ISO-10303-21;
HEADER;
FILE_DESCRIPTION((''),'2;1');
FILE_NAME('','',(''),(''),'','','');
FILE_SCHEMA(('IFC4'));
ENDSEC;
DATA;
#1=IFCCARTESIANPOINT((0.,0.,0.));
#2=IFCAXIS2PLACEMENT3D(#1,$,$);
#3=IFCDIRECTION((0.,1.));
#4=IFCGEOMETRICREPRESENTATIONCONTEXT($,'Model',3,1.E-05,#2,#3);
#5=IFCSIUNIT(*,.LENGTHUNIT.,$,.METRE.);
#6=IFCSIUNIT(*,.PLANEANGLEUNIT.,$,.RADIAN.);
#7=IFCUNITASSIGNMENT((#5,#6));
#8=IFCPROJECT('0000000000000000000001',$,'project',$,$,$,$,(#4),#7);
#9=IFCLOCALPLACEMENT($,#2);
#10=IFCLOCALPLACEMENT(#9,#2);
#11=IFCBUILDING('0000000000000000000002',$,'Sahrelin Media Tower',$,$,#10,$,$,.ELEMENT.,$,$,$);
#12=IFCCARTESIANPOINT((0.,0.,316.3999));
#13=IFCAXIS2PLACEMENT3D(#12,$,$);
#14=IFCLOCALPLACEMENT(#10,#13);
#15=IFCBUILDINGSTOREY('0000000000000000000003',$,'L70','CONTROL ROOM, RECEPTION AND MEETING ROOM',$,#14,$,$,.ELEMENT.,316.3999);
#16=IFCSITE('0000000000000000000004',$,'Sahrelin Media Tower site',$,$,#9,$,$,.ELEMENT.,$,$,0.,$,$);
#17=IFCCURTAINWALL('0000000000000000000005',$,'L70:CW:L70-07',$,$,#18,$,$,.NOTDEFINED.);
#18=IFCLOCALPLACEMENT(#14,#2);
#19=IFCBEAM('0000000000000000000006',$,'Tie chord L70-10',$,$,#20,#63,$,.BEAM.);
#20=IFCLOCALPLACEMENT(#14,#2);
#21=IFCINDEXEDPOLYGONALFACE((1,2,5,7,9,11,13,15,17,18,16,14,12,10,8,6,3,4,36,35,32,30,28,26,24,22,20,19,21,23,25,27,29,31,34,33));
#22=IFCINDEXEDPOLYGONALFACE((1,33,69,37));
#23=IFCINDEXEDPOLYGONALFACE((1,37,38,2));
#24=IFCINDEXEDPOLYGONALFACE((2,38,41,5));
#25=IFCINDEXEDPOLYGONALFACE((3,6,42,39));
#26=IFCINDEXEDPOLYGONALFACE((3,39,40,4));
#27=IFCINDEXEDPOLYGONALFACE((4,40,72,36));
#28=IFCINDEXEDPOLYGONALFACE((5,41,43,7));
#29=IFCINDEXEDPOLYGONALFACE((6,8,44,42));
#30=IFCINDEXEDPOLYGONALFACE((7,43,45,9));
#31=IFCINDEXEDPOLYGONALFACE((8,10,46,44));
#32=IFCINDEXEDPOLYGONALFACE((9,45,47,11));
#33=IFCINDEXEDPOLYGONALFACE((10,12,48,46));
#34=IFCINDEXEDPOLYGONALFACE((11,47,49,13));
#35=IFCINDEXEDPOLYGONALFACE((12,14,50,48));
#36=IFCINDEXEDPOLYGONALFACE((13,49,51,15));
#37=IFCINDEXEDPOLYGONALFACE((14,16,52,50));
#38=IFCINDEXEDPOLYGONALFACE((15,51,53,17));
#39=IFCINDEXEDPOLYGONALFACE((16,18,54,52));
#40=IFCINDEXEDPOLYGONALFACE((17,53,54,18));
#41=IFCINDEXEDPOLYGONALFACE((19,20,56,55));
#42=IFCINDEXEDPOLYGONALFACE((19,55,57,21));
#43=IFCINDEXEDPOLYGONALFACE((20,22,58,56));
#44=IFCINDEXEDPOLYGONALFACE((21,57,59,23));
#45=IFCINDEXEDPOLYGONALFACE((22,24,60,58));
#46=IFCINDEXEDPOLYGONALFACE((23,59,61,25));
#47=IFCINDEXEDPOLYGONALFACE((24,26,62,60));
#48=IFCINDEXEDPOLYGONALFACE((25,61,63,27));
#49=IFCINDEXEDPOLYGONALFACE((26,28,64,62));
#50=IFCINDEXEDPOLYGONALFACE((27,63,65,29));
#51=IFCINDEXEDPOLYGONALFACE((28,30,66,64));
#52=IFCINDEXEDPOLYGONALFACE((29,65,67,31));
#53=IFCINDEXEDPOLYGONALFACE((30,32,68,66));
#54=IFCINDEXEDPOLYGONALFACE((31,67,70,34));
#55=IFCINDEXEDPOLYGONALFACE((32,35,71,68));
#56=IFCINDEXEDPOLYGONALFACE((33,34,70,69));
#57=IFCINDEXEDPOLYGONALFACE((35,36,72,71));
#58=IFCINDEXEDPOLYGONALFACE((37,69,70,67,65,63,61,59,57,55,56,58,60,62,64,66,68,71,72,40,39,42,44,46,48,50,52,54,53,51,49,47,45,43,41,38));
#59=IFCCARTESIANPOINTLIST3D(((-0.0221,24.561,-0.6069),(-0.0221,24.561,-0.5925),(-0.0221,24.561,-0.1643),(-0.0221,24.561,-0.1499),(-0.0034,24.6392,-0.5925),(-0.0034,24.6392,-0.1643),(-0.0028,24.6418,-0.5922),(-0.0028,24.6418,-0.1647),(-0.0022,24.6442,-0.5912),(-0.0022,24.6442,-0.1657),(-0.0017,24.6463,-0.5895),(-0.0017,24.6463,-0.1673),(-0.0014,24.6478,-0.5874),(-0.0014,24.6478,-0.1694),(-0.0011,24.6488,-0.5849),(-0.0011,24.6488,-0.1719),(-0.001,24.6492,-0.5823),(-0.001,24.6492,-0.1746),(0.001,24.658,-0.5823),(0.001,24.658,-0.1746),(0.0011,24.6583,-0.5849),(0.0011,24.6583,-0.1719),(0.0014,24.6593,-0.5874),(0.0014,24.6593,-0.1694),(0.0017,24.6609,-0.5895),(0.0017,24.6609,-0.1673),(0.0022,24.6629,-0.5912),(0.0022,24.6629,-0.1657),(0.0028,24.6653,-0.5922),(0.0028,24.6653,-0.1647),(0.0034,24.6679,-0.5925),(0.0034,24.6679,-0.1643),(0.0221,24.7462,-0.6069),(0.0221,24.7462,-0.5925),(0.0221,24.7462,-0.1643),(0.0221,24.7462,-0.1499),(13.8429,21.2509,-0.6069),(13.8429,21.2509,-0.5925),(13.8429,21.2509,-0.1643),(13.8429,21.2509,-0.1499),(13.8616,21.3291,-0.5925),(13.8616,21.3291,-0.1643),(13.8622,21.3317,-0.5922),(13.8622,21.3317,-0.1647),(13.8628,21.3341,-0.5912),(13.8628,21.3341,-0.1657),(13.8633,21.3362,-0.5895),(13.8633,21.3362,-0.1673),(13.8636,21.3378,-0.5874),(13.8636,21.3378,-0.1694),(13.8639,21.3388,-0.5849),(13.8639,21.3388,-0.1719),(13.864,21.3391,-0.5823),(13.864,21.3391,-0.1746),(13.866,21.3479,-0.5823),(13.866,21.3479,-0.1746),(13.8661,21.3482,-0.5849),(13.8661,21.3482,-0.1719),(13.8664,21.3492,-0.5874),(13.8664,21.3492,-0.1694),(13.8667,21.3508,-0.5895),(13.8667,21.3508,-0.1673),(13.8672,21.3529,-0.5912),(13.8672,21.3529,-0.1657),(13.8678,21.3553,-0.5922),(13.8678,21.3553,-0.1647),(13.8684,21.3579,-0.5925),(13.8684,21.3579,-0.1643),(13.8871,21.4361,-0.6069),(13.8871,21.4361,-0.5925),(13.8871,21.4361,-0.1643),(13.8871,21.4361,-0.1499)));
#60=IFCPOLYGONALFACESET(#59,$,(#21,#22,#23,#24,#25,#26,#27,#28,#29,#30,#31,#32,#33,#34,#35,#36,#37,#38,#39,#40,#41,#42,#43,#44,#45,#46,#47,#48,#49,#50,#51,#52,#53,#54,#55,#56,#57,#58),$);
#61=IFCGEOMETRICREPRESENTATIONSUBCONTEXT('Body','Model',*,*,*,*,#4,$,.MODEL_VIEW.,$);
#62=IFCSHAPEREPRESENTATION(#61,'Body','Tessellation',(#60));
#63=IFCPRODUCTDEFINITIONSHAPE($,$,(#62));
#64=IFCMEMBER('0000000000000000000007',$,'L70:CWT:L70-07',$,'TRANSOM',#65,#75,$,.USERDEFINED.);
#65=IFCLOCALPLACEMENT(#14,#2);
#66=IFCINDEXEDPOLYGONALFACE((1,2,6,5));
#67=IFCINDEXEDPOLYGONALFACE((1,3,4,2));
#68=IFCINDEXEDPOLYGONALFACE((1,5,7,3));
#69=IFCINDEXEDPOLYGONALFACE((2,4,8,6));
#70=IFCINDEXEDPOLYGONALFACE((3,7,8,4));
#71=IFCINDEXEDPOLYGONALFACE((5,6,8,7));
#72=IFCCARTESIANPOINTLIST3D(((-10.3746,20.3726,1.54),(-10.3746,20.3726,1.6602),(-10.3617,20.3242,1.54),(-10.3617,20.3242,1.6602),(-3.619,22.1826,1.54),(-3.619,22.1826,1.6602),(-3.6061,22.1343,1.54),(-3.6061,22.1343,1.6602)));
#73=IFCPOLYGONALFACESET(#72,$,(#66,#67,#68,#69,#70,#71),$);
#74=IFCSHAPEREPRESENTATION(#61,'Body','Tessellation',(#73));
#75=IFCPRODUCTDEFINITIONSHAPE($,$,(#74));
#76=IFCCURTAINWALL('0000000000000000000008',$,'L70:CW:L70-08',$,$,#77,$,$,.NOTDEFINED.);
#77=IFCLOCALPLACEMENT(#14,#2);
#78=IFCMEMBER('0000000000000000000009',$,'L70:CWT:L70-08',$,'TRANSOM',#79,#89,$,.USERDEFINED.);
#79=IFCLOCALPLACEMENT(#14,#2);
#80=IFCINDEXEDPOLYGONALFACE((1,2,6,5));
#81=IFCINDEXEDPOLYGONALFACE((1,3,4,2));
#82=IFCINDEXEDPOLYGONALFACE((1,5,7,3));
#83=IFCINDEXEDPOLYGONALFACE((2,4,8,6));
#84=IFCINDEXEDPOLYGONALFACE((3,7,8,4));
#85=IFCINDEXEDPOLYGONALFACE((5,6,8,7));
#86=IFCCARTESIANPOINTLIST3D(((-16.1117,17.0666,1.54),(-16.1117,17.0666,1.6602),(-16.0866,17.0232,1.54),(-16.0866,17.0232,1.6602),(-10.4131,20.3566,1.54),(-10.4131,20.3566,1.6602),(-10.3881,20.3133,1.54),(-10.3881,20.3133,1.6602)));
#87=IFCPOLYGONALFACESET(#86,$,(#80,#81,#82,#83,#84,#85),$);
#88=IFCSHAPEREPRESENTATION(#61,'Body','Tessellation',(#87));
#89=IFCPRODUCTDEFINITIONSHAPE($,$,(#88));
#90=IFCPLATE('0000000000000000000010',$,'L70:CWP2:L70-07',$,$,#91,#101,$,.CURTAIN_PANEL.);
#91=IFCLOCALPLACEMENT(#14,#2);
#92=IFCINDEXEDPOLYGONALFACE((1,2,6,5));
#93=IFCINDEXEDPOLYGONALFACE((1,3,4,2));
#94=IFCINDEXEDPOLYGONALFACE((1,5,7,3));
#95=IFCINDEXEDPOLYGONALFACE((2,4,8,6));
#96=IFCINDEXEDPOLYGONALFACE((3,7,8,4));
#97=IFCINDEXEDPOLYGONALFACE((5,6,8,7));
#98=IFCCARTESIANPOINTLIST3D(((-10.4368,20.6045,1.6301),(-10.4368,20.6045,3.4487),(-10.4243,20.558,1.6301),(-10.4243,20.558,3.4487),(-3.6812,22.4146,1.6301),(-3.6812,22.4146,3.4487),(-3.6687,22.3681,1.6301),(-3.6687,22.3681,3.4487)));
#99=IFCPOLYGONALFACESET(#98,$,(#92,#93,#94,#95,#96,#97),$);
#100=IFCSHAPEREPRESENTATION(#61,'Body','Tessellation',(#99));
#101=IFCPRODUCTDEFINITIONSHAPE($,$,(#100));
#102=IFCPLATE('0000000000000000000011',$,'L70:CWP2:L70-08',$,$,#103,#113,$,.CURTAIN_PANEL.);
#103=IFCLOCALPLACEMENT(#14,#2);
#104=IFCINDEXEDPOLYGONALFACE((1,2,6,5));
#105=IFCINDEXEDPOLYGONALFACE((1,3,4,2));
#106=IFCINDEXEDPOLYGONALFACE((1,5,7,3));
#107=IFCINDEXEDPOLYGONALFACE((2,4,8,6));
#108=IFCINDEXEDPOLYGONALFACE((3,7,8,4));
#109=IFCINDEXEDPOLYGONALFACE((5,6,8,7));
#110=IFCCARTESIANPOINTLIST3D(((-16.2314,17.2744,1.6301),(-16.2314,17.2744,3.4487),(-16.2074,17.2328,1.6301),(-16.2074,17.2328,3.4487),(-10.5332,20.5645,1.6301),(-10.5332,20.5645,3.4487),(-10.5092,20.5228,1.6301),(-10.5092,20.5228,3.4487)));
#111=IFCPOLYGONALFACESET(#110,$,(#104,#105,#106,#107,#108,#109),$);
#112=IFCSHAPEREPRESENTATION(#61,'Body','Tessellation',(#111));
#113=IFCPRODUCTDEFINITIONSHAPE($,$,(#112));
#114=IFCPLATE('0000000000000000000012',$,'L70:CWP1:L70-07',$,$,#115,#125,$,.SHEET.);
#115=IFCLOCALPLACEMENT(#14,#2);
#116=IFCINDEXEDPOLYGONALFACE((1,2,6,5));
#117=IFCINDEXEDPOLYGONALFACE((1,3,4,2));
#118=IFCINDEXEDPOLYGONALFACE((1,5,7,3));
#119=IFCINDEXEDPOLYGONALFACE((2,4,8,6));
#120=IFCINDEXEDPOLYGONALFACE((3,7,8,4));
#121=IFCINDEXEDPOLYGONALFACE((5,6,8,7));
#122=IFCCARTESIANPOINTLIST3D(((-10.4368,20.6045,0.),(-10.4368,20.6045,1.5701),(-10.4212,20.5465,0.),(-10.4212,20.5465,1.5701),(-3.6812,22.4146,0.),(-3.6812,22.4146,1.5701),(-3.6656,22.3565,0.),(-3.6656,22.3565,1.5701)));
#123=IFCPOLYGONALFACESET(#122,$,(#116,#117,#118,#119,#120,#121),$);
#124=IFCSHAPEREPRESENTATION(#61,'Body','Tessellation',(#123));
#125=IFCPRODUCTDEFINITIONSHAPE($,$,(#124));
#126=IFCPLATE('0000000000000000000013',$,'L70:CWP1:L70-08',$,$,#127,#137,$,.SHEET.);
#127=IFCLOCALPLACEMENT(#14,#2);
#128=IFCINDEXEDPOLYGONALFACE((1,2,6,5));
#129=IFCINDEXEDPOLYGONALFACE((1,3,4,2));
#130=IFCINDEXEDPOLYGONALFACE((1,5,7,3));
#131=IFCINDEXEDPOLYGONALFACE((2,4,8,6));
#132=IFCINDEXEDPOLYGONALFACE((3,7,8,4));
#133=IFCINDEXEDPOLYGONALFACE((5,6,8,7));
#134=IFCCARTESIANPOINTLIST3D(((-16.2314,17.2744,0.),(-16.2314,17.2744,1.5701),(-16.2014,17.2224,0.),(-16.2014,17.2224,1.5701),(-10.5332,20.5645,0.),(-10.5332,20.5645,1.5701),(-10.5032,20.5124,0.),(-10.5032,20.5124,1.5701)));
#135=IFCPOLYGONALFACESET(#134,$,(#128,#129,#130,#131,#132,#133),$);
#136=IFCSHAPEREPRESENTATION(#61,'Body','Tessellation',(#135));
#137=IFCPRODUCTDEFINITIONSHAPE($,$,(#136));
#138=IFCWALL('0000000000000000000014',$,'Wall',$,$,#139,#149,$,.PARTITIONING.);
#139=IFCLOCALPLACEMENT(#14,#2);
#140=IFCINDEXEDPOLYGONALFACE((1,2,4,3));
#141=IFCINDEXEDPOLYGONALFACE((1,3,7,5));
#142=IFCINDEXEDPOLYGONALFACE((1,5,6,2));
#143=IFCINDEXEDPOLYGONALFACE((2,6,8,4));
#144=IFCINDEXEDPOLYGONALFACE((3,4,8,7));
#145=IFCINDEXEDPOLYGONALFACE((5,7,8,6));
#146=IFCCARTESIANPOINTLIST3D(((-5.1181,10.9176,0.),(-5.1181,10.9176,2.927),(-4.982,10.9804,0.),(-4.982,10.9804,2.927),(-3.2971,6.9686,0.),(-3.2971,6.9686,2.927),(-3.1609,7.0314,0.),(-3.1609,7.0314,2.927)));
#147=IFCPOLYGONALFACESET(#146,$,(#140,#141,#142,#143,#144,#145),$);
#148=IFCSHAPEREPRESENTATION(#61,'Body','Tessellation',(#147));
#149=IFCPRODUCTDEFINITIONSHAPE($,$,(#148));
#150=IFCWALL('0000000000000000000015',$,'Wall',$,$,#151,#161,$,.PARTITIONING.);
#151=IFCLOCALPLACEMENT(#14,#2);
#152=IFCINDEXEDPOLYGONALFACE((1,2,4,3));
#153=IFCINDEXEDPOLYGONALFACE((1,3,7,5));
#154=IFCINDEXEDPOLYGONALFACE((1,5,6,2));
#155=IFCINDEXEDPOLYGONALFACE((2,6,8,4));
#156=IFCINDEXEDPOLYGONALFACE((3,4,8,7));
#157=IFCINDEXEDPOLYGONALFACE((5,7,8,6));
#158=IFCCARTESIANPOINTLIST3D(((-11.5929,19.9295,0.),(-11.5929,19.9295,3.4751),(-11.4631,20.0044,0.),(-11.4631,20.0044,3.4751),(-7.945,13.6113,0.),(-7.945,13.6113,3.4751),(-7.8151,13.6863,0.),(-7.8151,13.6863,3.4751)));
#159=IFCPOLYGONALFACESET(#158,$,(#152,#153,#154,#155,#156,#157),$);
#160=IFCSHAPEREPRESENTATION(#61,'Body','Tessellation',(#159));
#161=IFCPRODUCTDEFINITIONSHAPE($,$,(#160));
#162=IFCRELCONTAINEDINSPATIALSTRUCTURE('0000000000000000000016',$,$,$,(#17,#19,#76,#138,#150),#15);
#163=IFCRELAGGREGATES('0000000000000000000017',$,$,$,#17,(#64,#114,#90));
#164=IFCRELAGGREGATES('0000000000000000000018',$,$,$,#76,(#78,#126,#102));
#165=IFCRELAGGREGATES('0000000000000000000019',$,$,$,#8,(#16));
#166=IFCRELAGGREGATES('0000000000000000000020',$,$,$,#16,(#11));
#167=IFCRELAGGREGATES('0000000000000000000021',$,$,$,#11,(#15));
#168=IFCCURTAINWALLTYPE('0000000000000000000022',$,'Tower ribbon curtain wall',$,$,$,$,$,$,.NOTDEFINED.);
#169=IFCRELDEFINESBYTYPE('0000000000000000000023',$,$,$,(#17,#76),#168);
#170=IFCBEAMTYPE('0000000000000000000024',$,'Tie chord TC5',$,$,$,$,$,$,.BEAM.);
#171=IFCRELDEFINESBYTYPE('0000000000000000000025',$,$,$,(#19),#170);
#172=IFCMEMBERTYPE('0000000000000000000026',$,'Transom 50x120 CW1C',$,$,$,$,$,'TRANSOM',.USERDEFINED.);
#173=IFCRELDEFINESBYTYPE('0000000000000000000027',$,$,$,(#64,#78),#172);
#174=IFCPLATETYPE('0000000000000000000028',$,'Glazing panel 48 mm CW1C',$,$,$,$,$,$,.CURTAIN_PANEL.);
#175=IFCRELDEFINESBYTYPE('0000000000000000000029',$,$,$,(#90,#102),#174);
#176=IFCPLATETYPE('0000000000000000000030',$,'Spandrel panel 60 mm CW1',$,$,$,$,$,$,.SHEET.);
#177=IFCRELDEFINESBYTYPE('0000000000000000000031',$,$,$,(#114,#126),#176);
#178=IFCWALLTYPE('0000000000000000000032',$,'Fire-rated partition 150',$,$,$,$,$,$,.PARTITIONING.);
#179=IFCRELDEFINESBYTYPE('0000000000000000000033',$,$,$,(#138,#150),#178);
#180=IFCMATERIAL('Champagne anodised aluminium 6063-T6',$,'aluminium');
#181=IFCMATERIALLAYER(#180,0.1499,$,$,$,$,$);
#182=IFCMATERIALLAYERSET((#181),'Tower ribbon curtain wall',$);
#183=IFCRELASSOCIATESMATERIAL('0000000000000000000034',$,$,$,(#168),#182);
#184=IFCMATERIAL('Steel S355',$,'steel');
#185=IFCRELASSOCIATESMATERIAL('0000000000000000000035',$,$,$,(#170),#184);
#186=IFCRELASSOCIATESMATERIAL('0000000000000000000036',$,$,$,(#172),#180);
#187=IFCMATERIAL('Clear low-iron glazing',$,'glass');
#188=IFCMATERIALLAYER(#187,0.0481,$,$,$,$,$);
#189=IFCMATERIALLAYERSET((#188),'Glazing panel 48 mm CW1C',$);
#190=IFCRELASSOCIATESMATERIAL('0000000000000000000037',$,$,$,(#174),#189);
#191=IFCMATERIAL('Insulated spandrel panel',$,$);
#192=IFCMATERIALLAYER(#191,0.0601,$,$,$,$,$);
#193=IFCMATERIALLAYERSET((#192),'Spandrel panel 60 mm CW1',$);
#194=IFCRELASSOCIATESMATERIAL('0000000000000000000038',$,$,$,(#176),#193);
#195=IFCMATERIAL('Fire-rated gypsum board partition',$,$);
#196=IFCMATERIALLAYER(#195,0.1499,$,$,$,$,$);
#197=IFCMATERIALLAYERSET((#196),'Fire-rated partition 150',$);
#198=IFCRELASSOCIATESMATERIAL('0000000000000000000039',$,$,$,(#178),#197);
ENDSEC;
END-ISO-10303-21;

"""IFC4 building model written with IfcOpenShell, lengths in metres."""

from ifc_helpers import new_model, si_unit, direction, frame, frame_2d, origin, origin_2d, place, context, subcontext, project, spatial, polyline, rectangle, i_section, outline, extrude, material, layer, layer_set, material_profile, profile_set, type_object, element, aggregate, save


model = new_model("IFC4")

# Units and contexts
model_context = context("Model", 3, precision=1e-05, world=origin(), true_north=direction((0.0, 1.0)))
body_context = subcontext(model_context, "Body", "Model", "MODEL_VIEW")
ifc_project = project(units=[si_unit("LENGTHUNIT", "METRE"), si_unit("PLANEANGLEUNIT", "RADIAN")], contexts=[model_context])

# Site, building, storey
site_placement = place(None, origin())
site = spatial("IfcSite", under=ifc_project, at=site_placement, Name="Sahrelin Media Tower site", CompositionType="ELEMENT", RefElevation=0.0)
building_placement = place(site_placement, origin())
building = spatial("IfcBuilding", under=site, at=building_placement, Name="Sahrelin Media Tower", CompositionType="ELEMENT")
storey_placement = place(building_placement, frame((0.0, 0.0, 316.3999)))
storey = spatial("IfcBuildingStorey", under=building, at=storey_placement, Name="L70", Description="CONTROL ROOM, RECEPTION AND MEETING ROOM", CompositionType="ELEMENT", Elevation=316.3999)

# Shared definitions
ifc_material_1 = material(Name="Steel S355", Category="steel")

# Curtain wall
ifc_material_2 = material(Name="Champagne anodised aluminium 6063-T6", Category="aluminium")
ifc_layer_1 = layer(ifc_material_2, 0.1499)
ifc_layer_set_1 = layer_set([ifc_layer_1], Name="Tower ribbon curtain wall")
curtain_wall_type = type_object("IfcCurtainWallType", Name="Tower ribbon curtain wall", PredefinedType="NOTDEFINED", material=ifc_layer_set_1)
curtain_wall_1_placement = place(storey_placement, frame((-7.0537, 21.49, 0.0), z_axis=(0.0, 0.0, 1.0), x_axis=(1.0, 0.0, 0.0)))
curtain_wall_1 = element("IfcCurtainWall", 1, at=curtain_wall_1_placement, inside=storey, type_object=curtain_wall_type, Name="L70:CW:L70-07", PredefinedType="NOTDEFINED")

# Beam
ifc_material_profile_1 = material_profile(ifc_material_1, i_section(OverallWidth=0.1904, OverallDepth=0.457, WebThickness=0.009, FlangeThickness=0.0144, FilletRadius=0.0103, at=origin_2d()), Name="UB 457x191x74")
ifc_profile_set_1 = profile_set([ifc_material_profile_1], Name="Steel S355")
beam_type_1 = type_object("IfcBeamType", Name="Tie chord TC5", PredefinedType="BEAM", material=ifc_profile_set_1)
beam_1_placement = place(storey_placement, frame((0.0, 24.6536, -0.3784), z_axis=(0.972666, -0.232209, 0.0), x_axis=(0.232209, 0.972666, 0.0)))
element("IfcBeam", 2, at=beam_1_placement, inside=storey, type_object=beam_type_1, Name="Tie chord L70-10", PredefinedType="BEAM", context=body_context, shape_type="SweptSolid", body=[
    extrude(i_section(OverallWidth=0.1904, OverallDepth=0.457, WebThickness=0.009, FlangeThickness=0.0144, FilletRadius=0.0103, at=origin_2d()), origin(), (0.0, 0.0, 1.0), 14.2546),
])

# Member
ifc_material_profile_2 = material_profile(ifc_material_2, rectangle(XDim=0.05, YDim=0.1201, at=origin_2d()), Name="Transom 50x120")
ifc_profile_set_2 = profile_set([ifc_material_profile_2], Name="Champagne anodised aluminium 6063-T6")
member_type_1 = type_object("IfcMemberType", Name="Transom 50x120 CW1C", ElementType="TRANSOM", PredefinedType="USERDEFINED", material=ifc_profile_set_2)
member_1_placement = place(storey_placement, frame((-3.6125, 22.1584, 1.6001), z_axis=(-0.96593, -0.258805, 0.0), x_axis=(0.258805, -0.96593, 0.0)))
member_1 = element("IfcMember", 3, at=member_1_placement, type_object=member_type_1, Name="L70:CWT:L70-07", ObjectType="TRANSOM", PredefinedType="USERDEFINED", context=body_context, shape_type="SweptSolid", body=[
    extrude(rectangle(XDim=0.05, YDim=0.1201, at=origin_2d()), origin(), (0.0, 0.0, 1.0), 6.9939),
])

# Curtain wall, member
curtain_wall_2_placement = place(storey_placement, frame((-13.3723, 18.9021, 0.0), z_axis=(0.0, 0.0, 1.0), x_axis=(1.0, 0.0, 0.0)))
curtain_wall_2 = element("IfcCurtainWall", 4, at=curtain_wall_2_placement, inside=storey, type_object=curtain_wall_type, Name="L70:CW:L70-08", PredefinedType="NOTDEFINED")
member_2_placement = place(storey_placement, frame((-10.4006, 20.335, 1.6001), z_axis=(-0.866024, -0.500002, 0.0), x_axis=(0.500002, -0.866024, 0.0)))
member_2 = element("IfcMember", 5, at=member_2_placement, type_object=member_type_1, Name="L70:CWT:L70-08", ObjectType="TRANSOM", PredefinedType="USERDEFINED", context=body_context, shape_type="SweptSolid", body=[
    extrude(rectangle(XDim=0.05, YDim=0.1201, at=origin_2d()), origin(), (0.0, 0.0, 1.0), 6.5801),
])

# Plates
ifc_material_3 = material(Name="Clear low-iron glazing", Category="glass")
ifc_layer_2 = layer(ifc_material_3, 0.0481)
ifc_layer_set_2 = layer_set([ifc_layer_2], Name="Glazing panel 48 mm CW1C")
plate_type_1 = type_object("IfcPlateType", Name="Glazing panel 48 mm CW1C", PredefinedType="CURTAIN_PANEL", material=ifc_layer_set_2)
plate_1_placement = place(storey_placement, frame((-3.6812, 22.4146, 1.6301), z_axis=(-0.258805, 0.96593, 0.0), x_axis=(-0.96593, -0.258805, 0.0)))
plate_1 = element("IfcPlate", 6, at=plate_1_placement, type_object=plate_type_1, Name="L70:CWP2:L70-07", PredefinedType="CURTAIN_PANEL", context=body_context, shape_type="SweptSolid", body=[
    extrude(outline(polyline([(0.0, 0.0), (6.9939, 0.0), (6.9939, 1.8186), (0.0, 1.8186), (0.0, 0.0)])), origin(), (0.0, 0.0, -1.0), 0.0481),
])
plate_2_placement = place(storey_placement, frame((-10.5332, 20.5645, 1.6301), z_axis=(-0.500018, 0.866015, 0.0), x_axis=(-0.866015, -0.500018, 0.0)))
plate_2 = element("IfcPlate", 7, at=plate_2_placement, type_object=plate_type_1, Name="L70:CWP2:L70-08", PredefinedType="CURTAIN_PANEL", context=body_context, shape_type="SweptSolid", body=[
    extrude(outline(polyline([(0.0, 0.0), (6.5798, 0.0), (6.5798, 1.8186), (0.0, 1.8186), (0.0, 0.0)])), origin(), (0.0, 0.0, -1.0), 0.0481),
])
ifc_material_4 = material(Name="Insulated spandrel panel")
ifc_layer_3 = layer(ifc_material_4, 0.0601)
ifc_layer_set_3 = layer_set([ifc_layer_3], Name="Spandrel panel 60 mm CW1")
plate_type_2 = type_object("IfcPlateType", Name="Spandrel panel 60 mm CW1", PredefinedType="SHEET", material=ifc_layer_set_3)
plate_3_placement = place(storey_placement, frame((-3.6812, 22.4146, 0.0), z_axis=(-0.258805, 0.96593, 0.0), x_axis=(-0.96593, -0.258805, 0.0)))
plate_3 = element("IfcPlate", 8, at=plate_3_placement, type_object=plate_type_2, Name="L70:CWP1:L70-07", PredefinedType="SHEET", context=body_context, shape_type="SweptSolid", body=[
    extrude(outline(polyline([(0.0, 0.0), (6.9939, 0.0), (6.9939, 1.5701), (0.0, 1.5701), (0.0, 0.0)])), origin(), (0.0, 0.0, -1.0), 0.0601),
])
aggregate(curtain_wall_1, [member_1, plate_3, plate_1])
plate_4_placement = place(storey_placement, frame((-10.5332, 20.5645, 0.0), z_axis=(-0.500018, 0.866015, 0.0), x_axis=(-0.866015, -0.500018, 0.0)))
plate_4 = element("IfcPlate", 9, at=plate_4_placement, type_object=plate_type_2, Name="L70:CWP1:L70-08", PredefinedType="SHEET", context=body_context, shape_type="SweptSolid", body=[
    extrude(outline(polyline([(0.0, 0.0), (6.5798, 0.0), (6.5798, 1.5701), (0.0, 1.5701), (0.0, 0.0)])), origin(), (0.0, 0.0, -1.0), 0.0601),
])
aggregate(curtain_wall_2, [member_2, plate_4, plate_2])

# Walls
ifc_material_5 = material(Name="Fire-rated gypsum board partition")
ifc_layer_4 = layer(ifc_material_5, 0.1499)
ifc_layer_set_4 = layer_set([ifc_layer_4], Name="Fire-rated partition 150")
wall_type = type_object("IfcWallType", Name="Fire-rated partition 150", PredefinedType="PARTITIONING", material=ifc_layer_set_4)
wall_1_placement = place(storey_placement, frame((-5.05, 10.949, 0.0), z_axis=(0.0, 0.0, 1.0), x_axis=(0.418763, -0.908096, 0.0)))
element("IfcWall", 10, at=wall_1_placement, inside=storey, type_object=wall_type, Name="Wall", PredefinedType="PARTITIONING", context=body_context, shape_type="SweptSolid", body=[
    extrude(rectangle(XDim=4.3486, YDim=0.1499, at=frame_2d((2.1743, 0.0))), origin(), (0.0, 0.0, 1.0), 2.927),
])
wall_2_placement = place(storey_placement, frame((-11.5281, 19.967, 0.0), z_axis=(0.0, 0.0, 1.0), x_axis=(0.500019, -0.866015, 0.0)))
element("IfcWall", 11, at=wall_2_placement, inside=storey, type_object=wall_type, Name="Wall", PredefinedType="PARTITIONING", context=body_context, shape_type="SweptSolid", body=[
    extrude(rectangle(XDim=7.2957, YDim=0.1499, at=frame_2d((3.6479, 0.0))), origin(), (0.0, 0.0, 1.0), 3.4751),
])

save(model, "model.ifc")
